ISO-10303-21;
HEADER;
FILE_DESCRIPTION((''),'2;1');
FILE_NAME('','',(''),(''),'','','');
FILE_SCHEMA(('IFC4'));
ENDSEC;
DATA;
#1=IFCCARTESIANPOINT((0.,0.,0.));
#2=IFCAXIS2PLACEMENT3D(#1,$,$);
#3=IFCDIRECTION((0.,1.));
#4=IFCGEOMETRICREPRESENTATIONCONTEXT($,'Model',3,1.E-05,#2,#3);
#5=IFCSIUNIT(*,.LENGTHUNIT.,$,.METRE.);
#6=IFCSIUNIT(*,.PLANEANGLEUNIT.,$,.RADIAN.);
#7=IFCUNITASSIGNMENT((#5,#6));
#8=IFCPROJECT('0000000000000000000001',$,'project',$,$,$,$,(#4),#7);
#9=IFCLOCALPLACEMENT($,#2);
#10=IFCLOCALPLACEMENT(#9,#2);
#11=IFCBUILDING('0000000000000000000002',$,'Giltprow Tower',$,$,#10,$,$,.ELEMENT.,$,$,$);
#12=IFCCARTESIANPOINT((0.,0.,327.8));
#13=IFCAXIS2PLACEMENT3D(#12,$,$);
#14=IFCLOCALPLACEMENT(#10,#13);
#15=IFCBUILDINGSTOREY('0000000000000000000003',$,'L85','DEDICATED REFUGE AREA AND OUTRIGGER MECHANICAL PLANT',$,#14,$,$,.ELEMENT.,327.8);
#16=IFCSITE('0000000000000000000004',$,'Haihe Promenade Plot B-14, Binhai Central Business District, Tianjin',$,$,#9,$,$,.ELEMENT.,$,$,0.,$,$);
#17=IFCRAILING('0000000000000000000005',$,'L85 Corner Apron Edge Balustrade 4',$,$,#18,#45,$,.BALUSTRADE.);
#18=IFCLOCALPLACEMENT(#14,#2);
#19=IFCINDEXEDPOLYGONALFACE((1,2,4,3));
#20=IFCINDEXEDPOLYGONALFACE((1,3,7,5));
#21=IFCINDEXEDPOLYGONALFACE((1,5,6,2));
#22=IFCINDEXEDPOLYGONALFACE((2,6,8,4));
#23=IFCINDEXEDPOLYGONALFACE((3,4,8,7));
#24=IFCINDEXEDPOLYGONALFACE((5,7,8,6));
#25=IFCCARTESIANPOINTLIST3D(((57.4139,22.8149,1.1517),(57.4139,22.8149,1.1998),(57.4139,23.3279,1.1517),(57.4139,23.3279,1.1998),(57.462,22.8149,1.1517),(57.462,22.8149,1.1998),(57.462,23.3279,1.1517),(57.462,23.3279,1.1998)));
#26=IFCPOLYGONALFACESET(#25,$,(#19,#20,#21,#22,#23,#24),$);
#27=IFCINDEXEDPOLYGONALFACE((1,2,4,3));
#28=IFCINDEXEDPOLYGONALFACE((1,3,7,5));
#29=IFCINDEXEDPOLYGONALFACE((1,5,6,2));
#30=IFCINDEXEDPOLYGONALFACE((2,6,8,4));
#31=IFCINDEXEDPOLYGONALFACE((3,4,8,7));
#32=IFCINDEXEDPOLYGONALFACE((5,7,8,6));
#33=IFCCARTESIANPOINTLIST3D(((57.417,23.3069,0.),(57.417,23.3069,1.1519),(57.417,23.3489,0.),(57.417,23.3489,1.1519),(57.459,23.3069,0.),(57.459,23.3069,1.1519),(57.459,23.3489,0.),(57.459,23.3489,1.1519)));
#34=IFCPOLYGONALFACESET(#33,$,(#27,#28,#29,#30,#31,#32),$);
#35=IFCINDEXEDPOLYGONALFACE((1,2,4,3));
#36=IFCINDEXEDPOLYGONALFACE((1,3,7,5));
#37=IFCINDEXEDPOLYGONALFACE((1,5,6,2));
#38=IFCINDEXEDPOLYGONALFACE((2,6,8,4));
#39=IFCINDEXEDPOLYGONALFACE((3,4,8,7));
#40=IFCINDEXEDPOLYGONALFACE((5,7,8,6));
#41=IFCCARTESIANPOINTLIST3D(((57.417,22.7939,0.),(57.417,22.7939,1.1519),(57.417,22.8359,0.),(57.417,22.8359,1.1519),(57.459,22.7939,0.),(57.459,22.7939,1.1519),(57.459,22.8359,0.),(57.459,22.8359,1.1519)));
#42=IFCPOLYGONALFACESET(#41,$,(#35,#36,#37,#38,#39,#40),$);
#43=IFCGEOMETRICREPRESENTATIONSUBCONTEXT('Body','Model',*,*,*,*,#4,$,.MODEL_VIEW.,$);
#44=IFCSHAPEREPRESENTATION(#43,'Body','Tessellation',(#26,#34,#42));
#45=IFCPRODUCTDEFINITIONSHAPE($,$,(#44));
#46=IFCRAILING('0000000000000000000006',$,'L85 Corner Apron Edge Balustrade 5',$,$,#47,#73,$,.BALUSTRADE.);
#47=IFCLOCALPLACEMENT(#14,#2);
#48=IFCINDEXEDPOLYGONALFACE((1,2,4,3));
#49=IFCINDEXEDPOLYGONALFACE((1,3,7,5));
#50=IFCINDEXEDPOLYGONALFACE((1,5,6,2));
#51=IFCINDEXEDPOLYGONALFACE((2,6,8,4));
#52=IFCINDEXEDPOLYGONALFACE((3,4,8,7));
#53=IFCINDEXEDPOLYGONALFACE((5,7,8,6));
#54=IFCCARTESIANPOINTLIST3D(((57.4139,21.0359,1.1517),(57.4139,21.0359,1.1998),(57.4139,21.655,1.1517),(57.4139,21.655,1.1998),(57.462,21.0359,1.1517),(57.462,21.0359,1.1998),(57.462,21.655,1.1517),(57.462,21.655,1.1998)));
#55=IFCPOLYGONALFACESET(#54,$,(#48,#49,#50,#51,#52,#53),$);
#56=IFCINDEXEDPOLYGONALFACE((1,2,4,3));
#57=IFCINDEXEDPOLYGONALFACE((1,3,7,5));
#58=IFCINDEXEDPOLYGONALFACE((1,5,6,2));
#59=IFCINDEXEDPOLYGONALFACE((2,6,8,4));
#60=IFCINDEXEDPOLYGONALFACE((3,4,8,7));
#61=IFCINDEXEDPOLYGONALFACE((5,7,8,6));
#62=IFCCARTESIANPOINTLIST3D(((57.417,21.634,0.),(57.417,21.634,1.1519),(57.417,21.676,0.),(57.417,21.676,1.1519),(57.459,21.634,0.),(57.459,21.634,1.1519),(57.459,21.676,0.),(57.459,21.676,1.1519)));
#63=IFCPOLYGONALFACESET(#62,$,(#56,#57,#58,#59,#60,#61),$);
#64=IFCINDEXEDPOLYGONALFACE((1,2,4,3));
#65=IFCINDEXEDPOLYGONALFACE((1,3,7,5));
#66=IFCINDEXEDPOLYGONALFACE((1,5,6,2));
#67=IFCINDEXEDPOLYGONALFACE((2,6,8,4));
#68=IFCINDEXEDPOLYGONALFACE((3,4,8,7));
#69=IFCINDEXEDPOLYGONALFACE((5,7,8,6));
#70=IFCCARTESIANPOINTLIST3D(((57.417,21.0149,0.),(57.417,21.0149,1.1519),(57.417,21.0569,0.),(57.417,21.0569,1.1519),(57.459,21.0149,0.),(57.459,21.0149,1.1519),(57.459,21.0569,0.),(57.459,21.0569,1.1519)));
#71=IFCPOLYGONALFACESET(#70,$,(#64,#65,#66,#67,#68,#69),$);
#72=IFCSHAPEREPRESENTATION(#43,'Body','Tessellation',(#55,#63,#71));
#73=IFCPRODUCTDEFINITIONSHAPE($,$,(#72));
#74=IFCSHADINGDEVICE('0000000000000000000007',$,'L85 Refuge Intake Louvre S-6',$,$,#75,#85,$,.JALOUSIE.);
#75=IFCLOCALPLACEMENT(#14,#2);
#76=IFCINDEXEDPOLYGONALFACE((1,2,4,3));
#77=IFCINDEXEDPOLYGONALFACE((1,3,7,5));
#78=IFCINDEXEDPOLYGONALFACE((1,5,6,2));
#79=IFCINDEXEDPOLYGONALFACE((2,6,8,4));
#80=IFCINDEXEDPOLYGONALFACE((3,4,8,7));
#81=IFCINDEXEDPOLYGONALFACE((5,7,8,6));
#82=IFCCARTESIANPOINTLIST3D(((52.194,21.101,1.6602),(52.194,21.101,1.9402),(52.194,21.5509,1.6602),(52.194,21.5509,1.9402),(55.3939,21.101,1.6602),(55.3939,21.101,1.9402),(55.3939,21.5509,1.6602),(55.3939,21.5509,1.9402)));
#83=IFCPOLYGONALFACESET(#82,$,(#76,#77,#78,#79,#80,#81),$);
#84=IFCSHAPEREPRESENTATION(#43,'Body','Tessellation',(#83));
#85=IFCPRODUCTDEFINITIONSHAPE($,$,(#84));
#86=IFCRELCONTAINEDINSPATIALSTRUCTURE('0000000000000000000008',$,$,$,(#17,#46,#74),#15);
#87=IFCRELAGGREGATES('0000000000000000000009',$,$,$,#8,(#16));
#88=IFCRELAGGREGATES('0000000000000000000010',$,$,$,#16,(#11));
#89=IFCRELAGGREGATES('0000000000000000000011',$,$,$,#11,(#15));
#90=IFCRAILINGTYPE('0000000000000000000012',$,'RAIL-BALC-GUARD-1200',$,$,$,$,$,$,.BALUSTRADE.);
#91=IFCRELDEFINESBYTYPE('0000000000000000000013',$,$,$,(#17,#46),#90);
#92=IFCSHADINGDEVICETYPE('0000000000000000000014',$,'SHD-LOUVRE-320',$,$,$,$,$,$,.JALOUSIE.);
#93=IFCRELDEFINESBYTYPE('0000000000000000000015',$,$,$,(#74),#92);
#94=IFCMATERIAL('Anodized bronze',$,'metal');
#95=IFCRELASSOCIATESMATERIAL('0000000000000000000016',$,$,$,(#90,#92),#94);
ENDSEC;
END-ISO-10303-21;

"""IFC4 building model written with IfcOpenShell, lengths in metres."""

from ifc_helpers import new_model, si_unit, direction, frame, origin, origin_2d, place, context, subcontext, project, spatial, rectangle, extrude, source, transform, mapped, material, type_object, element, save


model = new_model("IFC4")

# Units and contexts
model_context = context("Model", 3, precision=1e-05, world=origin(), true_north=direction((0.0, 1.0)))
body_context = subcontext(model_context, "Body", "Model", "MODEL_VIEW")
ifc_project = project(units=[si_unit("LENGTHUNIT", "METRE"), si_unit("PLANEANGLEUNIT", "RADIAN")], contexts=[model_context])

# Site, building, storey
site_placement = place(None, origin())
site = spatial("IfcSite", under=ifc_project, at=site_placement, Name="Haihe Promenade Plot B-14, Binhai Central Business District, Tianjin", CompositionType="ELEMENT", RefElevation=0.0)
building_placement = place(site_placement, origin())
building = spatial("IfcBuilding", under=site, at=building_placement, Name="Giltprow Tower", CompositionType="ELEMENT")
storey_placement = place(building_placement, frame((0.0, 0.0, 327.8)))
storey = spatial("IfcBuildingStorey", under=building, at=storey_placement, Name="L85", Description="DEDICATED REFUGE AREA AND OUTRIGGER MECHANICAL PLANT", CompositionType="ELEMENT", Elevation=327.8)

# Railings
ifc_material_1 = material(Name="Anodized bronze", Category="metal")
railing_type = type_object("IfcRailingType", Name="RAIL-BALC-GUARD-1200", PredefinedType="BALUSTRADE", material=ifc_material_1)
railing_1_placement = place(storey_placement, frame((57.438, 23.3279, 0.0)))
element("IfcRailing", 1, at=railing_1_placement, inside=storey, type_object=railing_type, Name="L85 Corner Apron Edge Balustrade 4", PredefinedType="BALUSTRADE", context=body_context, shape_type="SweptSolid", body=[
    extrude(rectangle(XDim=0.0481, YDim=0.0481, at=origin_2d()), frame((0.0, 0.0, 1.1758), z_axis=(0.0, -1.0, 0.0), x_axis=(1.0, 0.0, 0.0)), (0.0, 0.0, 1.0), 0.5129),
    extrude(rectangle(XDim=0.042, YDim=0.042, at=origin_2d()), origin(), (0.0, 0.0, 1.0), 1.1519),
    extrude(rectangle(XDim=0.042, YDim=0.042, at=origin_2d()), frame((0.0, -0.5129, 0.0)), (0.0, 0.0, 1.0), 1.1519),
])
railing_2_placement = place(storey_placement, frame((57.438, 21.655, 0.0)))
element("IfcRailing", 2, at=railing_2_placement, inside=storey, type_object=railing_type, Name="L85 Corner Apron Edge Balustrade 5", PredefinedType="BALUSTRADE", context=body_context, shape_type="SweptSolid", body=[
    extrude(rectangle(XDim=0.0481, YDim=0.0481, at=origin_2d()), frame((0.0, 0.0, 1.1758), z_axis=(0.0, -1.0, 0.0), x_axis=(1.0, 0.0, 0.0)), (0.0, 0.0, 1.0), 0.6191),
    extrude(rectangle(XDim=0.042, YDim=0.042, at=origin_2d()), origin(), (0.0, 0.0, 1.0), 1.1519),
    extrude(rectangle(XDim=0.042, YDim=0.042, at=origin_2d()), frame((0.0, -0.6191, 0.0)), (0.0, 0.0, 1.0), 1.1519),
])

# Shading device
shading_device_type = type_object("IfcShadingDeviceType", Name="SHD-LOUVRE-320", PredefinedType="JALOUSIE", material=ifc_material_1)
shared_shape_1 = source(origin(), body_context, "Body", "SweptSolid", [
    extrude(rectangle(XDim=3.2, YDim=0.45, at=origin_2d()), origin(), (0.0, 0.0, 1.0), 0.28),
])
shading_device_placement = place(storey_placement, frame((53.7939, 21.3259, 1.6602), z_axis=(0.0, 0.0, 1.0), x_axis=(1.0, 0.0, 0.0)))
element("IfcShadingDevice", 3, at=shading_device_placement, inside=storey, type_object=shading_device_type, Name="L85 Refuge Intake Louvre S-6", PredefinedType="JALOUSIE", context=body_context, shape_type="MappedRepresentation", body=[
    mapped(shared_shape_1, transform((0.0, 0.0, 0.0), x_axis=(1.0, 0.0, 0.0), y_axis=(0.0, 1.0, 0.0), z_axis=(0.0, 0.0, 1.0), scale=1.0)),
])

save(model, "model.ifc")
